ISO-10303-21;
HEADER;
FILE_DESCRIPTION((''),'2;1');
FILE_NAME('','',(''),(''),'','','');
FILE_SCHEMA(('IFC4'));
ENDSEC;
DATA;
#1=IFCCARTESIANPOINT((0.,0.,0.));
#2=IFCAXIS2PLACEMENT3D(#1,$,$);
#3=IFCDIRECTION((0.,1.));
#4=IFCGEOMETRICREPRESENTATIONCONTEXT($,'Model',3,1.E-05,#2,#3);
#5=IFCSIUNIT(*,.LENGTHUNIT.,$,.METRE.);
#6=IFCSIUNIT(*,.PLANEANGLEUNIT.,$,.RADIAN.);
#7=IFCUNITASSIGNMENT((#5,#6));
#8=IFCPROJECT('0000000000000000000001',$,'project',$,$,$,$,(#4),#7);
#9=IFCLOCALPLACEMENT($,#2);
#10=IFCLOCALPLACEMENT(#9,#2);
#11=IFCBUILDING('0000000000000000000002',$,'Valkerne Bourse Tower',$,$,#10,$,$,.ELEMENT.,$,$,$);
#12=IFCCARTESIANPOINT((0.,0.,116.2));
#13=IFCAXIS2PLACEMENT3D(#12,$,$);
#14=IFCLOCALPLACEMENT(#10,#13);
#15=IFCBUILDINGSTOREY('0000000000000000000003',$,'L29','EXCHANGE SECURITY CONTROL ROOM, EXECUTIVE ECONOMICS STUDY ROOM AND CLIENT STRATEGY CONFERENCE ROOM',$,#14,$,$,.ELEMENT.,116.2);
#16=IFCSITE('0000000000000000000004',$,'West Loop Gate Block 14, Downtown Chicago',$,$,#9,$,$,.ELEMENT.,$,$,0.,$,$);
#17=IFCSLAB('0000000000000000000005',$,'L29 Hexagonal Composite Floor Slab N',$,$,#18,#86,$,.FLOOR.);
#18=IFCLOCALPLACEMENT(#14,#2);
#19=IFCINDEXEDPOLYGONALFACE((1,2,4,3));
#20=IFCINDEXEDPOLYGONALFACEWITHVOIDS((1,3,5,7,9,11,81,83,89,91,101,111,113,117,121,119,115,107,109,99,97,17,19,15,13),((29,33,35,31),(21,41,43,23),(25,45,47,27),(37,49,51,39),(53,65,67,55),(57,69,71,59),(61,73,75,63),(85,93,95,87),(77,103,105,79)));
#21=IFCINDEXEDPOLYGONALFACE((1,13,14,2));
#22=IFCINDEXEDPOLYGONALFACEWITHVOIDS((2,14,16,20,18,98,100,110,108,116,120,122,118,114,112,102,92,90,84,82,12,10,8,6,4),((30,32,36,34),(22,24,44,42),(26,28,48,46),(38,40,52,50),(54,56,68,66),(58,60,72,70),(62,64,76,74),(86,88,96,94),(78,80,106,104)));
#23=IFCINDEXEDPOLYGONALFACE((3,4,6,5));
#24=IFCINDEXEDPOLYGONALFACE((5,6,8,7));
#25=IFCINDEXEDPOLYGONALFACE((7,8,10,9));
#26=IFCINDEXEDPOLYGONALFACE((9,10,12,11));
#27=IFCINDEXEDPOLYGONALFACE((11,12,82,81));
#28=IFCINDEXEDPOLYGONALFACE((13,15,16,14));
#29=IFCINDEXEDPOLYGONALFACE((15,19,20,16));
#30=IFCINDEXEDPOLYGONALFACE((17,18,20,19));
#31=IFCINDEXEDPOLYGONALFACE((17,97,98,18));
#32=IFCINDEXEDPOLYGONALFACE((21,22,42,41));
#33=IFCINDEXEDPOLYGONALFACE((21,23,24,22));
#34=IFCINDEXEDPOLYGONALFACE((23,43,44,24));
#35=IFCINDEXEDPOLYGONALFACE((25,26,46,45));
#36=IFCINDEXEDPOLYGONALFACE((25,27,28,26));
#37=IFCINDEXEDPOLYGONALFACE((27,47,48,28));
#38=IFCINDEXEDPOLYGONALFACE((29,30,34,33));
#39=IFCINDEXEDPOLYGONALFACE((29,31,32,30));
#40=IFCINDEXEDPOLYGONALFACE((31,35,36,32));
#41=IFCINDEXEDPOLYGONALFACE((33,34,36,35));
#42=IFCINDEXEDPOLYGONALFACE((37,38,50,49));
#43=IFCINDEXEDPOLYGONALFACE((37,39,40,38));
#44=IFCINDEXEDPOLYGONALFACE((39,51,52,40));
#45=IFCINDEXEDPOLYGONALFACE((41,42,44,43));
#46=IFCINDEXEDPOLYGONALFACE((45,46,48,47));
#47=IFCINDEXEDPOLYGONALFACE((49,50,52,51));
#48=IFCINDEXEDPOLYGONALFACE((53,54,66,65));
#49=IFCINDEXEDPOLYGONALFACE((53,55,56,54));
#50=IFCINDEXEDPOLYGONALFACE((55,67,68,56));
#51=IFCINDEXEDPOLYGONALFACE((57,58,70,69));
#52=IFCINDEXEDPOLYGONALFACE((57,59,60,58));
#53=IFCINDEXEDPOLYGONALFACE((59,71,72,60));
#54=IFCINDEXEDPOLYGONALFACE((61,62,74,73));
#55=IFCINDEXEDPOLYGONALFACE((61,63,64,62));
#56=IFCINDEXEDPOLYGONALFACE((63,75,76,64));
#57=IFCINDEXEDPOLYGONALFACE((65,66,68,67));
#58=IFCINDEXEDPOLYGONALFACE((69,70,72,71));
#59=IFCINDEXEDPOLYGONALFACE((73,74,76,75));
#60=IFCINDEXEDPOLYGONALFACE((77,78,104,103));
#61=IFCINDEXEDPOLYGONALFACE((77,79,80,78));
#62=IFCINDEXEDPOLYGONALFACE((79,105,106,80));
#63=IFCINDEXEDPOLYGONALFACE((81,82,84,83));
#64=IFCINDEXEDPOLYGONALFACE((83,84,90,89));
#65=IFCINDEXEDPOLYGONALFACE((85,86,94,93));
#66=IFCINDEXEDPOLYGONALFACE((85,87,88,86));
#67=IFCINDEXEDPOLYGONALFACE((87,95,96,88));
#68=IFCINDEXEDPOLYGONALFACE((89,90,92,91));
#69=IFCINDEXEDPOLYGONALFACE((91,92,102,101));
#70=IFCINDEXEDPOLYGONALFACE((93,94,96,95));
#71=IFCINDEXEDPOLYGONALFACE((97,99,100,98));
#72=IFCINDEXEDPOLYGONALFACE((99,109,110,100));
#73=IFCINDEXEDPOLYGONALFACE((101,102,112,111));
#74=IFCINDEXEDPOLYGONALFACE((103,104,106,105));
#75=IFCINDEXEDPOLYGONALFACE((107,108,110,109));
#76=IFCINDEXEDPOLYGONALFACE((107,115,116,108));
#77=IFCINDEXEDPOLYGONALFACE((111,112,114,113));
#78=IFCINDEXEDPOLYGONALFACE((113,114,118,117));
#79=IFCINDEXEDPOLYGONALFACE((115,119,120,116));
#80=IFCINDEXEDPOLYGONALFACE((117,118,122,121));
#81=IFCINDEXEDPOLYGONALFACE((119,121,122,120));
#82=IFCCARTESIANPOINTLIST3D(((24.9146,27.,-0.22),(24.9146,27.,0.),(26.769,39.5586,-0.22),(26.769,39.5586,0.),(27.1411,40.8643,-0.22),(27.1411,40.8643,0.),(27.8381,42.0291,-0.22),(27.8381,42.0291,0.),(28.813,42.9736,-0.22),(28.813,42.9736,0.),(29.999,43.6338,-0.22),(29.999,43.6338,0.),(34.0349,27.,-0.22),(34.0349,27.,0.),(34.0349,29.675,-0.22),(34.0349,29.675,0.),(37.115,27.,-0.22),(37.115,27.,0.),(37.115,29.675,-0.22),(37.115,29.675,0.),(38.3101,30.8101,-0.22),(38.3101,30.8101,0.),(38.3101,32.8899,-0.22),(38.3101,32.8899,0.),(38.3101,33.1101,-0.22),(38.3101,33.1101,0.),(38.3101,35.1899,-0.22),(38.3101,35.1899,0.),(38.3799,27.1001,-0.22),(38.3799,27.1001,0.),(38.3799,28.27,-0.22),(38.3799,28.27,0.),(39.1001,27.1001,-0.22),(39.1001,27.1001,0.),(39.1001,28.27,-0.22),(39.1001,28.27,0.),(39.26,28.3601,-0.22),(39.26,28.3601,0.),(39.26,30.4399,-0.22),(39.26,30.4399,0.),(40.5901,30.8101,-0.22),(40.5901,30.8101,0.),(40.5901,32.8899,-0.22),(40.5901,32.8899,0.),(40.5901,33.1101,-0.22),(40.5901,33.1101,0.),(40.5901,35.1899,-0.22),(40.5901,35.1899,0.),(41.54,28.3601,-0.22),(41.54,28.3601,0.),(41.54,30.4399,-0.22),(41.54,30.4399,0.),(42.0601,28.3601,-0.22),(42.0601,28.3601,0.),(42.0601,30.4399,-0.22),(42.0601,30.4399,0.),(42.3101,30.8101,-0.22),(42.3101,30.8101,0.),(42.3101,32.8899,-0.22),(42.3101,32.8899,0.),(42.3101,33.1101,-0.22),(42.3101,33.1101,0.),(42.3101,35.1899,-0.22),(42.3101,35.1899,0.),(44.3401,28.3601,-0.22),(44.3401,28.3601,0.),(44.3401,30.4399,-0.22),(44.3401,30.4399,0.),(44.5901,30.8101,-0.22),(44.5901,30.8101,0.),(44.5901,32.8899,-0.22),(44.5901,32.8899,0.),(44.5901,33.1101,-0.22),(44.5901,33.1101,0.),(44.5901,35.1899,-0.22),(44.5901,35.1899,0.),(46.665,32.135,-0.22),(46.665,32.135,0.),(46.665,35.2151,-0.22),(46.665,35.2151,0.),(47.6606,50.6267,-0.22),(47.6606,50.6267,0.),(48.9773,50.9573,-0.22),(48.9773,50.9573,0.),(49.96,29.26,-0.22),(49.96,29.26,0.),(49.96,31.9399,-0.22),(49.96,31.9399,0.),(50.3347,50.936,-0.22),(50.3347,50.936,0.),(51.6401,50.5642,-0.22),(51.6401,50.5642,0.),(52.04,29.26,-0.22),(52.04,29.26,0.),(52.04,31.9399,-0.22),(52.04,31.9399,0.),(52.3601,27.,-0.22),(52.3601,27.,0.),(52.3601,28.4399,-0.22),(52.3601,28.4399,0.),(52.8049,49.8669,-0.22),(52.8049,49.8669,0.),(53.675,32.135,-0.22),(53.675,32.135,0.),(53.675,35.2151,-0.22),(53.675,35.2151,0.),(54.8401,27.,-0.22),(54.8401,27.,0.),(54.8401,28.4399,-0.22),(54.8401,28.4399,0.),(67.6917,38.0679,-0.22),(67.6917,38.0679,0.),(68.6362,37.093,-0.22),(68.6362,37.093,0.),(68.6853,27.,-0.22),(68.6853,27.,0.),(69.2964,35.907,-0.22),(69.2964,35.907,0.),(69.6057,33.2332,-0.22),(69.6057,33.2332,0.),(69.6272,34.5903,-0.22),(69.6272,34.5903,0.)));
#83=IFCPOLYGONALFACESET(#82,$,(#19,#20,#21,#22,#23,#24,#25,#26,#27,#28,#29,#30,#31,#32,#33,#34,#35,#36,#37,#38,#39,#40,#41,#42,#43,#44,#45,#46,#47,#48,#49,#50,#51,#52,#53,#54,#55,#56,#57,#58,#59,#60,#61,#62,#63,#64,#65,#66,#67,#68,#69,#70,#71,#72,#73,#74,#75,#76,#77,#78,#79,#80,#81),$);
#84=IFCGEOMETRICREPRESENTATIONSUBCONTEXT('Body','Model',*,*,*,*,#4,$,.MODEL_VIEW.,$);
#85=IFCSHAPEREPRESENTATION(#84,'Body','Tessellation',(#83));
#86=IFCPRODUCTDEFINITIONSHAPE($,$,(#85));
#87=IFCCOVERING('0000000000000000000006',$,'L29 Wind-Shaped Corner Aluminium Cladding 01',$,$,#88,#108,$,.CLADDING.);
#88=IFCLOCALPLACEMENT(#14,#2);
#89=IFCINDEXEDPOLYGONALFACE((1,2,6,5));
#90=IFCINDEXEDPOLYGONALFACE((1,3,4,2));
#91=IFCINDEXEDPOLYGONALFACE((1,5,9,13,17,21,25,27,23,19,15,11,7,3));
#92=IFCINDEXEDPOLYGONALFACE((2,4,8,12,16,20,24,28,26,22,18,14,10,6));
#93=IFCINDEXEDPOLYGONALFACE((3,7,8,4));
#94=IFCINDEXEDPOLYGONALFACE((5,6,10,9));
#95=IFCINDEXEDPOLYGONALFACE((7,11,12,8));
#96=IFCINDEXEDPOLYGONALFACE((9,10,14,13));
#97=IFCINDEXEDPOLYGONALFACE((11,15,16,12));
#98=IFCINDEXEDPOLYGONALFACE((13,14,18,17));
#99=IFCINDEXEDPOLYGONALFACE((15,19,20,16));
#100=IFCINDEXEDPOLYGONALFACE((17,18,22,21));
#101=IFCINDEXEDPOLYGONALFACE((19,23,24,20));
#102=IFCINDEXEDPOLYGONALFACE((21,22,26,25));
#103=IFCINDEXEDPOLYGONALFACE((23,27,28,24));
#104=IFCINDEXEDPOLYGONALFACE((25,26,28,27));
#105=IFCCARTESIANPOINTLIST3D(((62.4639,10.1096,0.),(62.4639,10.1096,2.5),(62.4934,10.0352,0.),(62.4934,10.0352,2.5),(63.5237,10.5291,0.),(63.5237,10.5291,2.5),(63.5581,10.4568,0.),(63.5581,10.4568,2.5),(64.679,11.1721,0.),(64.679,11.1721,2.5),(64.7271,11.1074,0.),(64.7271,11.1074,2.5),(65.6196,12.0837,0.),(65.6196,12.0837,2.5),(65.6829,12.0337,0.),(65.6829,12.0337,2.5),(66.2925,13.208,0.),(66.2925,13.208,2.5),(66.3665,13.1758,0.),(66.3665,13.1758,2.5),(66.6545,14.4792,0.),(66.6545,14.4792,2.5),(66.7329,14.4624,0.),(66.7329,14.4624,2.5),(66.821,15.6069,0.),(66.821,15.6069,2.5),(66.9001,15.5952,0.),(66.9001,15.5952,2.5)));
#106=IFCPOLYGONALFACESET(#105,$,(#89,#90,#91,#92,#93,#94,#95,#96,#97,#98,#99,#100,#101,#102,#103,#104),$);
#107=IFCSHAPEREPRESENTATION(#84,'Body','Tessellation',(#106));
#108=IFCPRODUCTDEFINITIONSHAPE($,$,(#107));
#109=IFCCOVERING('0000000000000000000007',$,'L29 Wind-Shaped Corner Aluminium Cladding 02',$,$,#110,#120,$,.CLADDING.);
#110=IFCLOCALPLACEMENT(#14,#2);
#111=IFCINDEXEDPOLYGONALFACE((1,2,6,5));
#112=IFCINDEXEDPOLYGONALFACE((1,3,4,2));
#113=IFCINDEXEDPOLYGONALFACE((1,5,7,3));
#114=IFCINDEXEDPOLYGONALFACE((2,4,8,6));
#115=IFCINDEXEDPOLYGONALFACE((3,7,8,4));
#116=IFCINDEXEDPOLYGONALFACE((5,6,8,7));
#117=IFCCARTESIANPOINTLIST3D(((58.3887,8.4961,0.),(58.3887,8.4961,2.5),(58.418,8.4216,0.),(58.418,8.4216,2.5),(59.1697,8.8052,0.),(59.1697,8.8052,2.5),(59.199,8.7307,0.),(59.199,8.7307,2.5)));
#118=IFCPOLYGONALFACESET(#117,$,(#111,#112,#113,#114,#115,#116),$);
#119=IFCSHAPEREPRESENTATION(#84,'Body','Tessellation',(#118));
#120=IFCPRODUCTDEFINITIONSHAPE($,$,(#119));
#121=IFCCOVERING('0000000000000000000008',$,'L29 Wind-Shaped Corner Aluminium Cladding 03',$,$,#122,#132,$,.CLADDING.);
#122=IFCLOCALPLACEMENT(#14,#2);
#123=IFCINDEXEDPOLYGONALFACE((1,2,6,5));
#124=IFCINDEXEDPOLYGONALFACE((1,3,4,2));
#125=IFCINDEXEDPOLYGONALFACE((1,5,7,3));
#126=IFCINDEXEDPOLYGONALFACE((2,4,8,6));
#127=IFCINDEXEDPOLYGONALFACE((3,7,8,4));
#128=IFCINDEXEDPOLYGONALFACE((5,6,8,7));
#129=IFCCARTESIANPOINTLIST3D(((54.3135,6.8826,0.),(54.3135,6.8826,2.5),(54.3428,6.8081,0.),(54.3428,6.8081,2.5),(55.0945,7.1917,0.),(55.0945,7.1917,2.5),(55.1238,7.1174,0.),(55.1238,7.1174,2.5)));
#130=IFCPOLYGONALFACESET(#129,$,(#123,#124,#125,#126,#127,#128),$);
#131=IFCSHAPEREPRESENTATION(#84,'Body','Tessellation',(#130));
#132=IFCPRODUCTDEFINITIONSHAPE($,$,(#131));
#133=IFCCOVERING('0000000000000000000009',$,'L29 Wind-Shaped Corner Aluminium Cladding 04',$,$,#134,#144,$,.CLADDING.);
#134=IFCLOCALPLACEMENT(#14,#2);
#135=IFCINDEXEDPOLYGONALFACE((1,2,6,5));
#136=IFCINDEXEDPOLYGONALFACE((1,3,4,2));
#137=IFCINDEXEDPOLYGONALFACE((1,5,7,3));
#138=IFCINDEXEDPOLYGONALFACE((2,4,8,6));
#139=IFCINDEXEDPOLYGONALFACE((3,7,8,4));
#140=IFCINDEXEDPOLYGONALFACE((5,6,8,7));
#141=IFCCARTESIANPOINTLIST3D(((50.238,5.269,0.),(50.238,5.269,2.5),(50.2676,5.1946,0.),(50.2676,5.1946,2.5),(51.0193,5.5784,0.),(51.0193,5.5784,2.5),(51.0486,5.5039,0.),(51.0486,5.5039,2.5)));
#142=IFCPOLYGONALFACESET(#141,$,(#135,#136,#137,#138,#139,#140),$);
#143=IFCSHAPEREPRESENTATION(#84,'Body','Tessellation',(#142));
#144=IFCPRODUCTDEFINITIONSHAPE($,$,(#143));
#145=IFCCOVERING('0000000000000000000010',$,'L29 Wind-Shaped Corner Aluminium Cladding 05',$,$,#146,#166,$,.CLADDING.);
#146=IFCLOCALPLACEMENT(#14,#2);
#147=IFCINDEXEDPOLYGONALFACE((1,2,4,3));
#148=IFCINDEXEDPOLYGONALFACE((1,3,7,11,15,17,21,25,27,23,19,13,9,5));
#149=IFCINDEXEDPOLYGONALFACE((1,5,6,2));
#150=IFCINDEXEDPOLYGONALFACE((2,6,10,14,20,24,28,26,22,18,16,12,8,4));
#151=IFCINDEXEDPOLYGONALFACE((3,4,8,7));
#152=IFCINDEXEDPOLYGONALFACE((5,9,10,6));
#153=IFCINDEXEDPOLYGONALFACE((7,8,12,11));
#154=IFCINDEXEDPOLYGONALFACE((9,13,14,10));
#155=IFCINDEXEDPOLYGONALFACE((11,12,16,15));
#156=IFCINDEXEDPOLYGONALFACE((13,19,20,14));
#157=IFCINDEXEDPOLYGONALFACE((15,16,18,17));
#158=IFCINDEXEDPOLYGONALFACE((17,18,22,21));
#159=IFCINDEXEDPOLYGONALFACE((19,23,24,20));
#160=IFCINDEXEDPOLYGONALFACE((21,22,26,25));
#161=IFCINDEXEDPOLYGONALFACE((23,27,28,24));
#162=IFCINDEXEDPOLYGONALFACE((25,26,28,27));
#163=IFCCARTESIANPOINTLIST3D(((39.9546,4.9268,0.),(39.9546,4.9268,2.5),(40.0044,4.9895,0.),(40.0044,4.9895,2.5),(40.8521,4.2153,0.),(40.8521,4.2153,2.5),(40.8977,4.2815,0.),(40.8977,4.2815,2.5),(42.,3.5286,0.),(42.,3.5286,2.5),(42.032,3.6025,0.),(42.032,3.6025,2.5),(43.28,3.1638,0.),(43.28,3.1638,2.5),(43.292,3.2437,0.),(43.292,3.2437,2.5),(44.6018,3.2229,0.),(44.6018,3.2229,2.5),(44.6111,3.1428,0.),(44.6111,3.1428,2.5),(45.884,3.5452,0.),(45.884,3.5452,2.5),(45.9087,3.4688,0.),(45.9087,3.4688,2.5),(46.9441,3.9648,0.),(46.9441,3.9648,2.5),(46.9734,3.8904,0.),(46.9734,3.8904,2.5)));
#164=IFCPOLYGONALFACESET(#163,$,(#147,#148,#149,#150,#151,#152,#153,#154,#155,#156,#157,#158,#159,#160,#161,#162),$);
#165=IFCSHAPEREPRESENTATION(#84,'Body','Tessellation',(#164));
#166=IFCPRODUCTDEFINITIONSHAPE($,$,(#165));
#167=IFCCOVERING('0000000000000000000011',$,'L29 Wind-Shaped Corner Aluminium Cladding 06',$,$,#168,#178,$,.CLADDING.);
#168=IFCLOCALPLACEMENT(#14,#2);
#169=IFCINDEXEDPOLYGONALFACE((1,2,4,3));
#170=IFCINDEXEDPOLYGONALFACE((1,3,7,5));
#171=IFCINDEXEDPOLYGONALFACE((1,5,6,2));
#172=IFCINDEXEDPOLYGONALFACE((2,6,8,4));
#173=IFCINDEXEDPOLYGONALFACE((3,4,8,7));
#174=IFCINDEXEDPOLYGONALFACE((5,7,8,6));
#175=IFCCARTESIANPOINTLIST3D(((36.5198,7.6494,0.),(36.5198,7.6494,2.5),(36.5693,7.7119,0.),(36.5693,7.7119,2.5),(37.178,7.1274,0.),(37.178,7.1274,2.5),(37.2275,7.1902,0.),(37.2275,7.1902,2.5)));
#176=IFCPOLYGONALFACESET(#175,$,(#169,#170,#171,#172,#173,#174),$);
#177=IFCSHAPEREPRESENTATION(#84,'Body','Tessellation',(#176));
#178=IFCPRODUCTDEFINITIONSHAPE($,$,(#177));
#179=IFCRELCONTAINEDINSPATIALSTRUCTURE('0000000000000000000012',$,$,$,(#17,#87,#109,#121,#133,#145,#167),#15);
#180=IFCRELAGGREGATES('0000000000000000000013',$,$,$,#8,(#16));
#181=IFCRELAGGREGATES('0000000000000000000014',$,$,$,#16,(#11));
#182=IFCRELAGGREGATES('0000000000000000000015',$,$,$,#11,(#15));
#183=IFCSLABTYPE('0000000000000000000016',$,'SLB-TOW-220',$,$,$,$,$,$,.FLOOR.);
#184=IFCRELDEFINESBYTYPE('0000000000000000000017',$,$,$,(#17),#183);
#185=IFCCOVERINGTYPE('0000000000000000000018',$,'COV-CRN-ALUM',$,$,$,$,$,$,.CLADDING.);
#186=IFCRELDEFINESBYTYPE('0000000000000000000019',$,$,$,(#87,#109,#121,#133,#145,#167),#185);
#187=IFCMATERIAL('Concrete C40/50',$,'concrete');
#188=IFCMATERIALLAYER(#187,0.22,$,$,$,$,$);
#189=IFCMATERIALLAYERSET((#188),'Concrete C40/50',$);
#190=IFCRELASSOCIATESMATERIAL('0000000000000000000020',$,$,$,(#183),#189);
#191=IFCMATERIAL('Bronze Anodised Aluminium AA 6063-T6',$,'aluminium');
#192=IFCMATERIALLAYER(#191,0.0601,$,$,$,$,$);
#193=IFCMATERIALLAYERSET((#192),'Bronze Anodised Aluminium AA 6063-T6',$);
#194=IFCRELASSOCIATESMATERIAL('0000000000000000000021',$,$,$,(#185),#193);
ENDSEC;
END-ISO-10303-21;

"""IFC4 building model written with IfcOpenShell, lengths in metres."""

from ifc_helpers import new_model, si_unit, direction, frame, origin, place, context, subcontext, project, spatial, polyline, outline, extrude, material, layer, layer_set, type_object, element, save


model = new_model("IFC4")

# Units and contexts
model_context = context("Model", 3, precision=1e-05, world=origin(), true_north=direction((0.0, 1.0)))
body_context = subcontext(model_context, "Body", "Model", "MODEL_VIEW")
ifc_project = project(units=[si_unit("LENGTHUNIT", "METRE"), si_unit("PLANEANGLEUNIT", "RADIAN")], contexts=[model_context])

# Site, building, storey
site_placement = place(None, origin())
site = spatial("IfcSite", under=ifc_project, at=site_placement, Name="West Loop Gate Block 14, Downtown Chicago", CompositionType="ELEMENT", RefElevation=0.0)
building_placement = place(site_placement, origin())
building = spatial("IfcBuilding", under=site, at=building_placement, Name="Valkerne Bourse Tower", CompositionType="ELEMENT")
storey_placement = place(building_placement, frame((0.0, 0.0, 116.2)))
storey = spatial("IfcBuildingStorey", under=building, at=storey_placement, Name="L29", Description="EXCHANGE SECURITY CONTROL ROOM, EXECUTIVE ECONOMICS STUDY ROOM AND CLIENT STRATEGY CONFERENCE ROOM", CompositionType="ELEMENT", Elevation=116.2)

# Slab
ifc_material_1 = material(Name="Concrete C40/50", Category="concrete")
ifc_layer_1 = layer(ifc_material_1, 0.22)
ifc_layer_set_1 = layer_set([ifc_layer_1], Name="Concrete C40/50")
slab_type_1 = type_object("IfcSlabType", Name="SLB-TOW-220", PredefinedType="FLOOR", material=ifc_layer_set_1)
slab_1_placement = place(storey_placement, frame((0.0, 0.0, -0.22)))
element("IfcSlab", 1, at=slab_1_placement, inside=storey, type_object=slab_type_1, Name="L29 Hexagonal Composite Floor Slab N", PredefinedType="FLOOR", context=body_context, shape_type="SweptSolid", body=[
    extrude(outline(polyline([(26.769, 39.5586), (27.1411, 40.8643), (27.8381, 42.0291), (28.813, 42.9736), (29.999, 43.6338), (47.6606, 50.6267), (48.9773, 50.9573), (50.3347, 50.936), (51.6401, 50.5642), (52.8049, 49.8669), (67.6917, 38.0679), (68.6362, 37.093), (69.2964, 35.907), (69.6272, 34.5903), (69.6057, 33.2332), (68.6853, 27.0), (54.8401, 27.0), (54.8401, 28.4399), (52.3601, 28.4399), (52.3601, 27.0), (37.115, 27.0), (37.115, 29.675), (34.0349, 29.675), (34.0349, 27.0), (24.9146, 27.0), (26.769, 39.5586)]), holes=[polyline([(39.1001, 28.27), (38.3799, 28.27), (38.3799, 27.1001), (39.1001, 27.1001), (39.1001, 28.27)]), polyline([(41.54, 30.4399), (39.26, 30.4399), (39.26, 28.3601), (41.54, 28.3601), (41.54, 30.4399)]), polyline([(44.3401, 30.4399), (42.0601, 30.4399), (42.0601, 28.3601), (44.3401, 28.3601), (44.3401, 30.4399)]), polyline([(40.5901, 30.8101), (40.5901, 32.8899), (38.3101, 32.8899), (38.3101, 30.8101), (40.5901, 30.8101)]), polyline([(40.5901, 33.1101), (40.5901, 35.1899), (38.3101, 35.1899), (38.3101, 33.1101), (40.5901, 33.1101)]), polyline([(52.04, 31.9399), (49.96, 31.9399), (49.96, 29.26), (52.04, 29.26), (52.04, 31.9399)]), polyline([(44.5901, 32.8899), (42.3101, 32.8899), (42.3101, 30.8101), (44.5901, 30.8101), (44.5901, 32.8899)]), polyline([(53.675, 32.135), (53.675, 35.2151), (46.665, 35.2151), (46.665, 32.135), (53.675, 32.135)]), polyline([(44.5901, 33.1101), (44.5901, 35.1899), (42.3101, 35.1899), (42.3101, 33.1101), (44.5901, 33.1101)])]), origin(), (0.0, 0.0, 1.0), 0.22),
])

# Coverings
ifc_material_2 = material(Name="Bronze Anodised Aluminium AA 6063-T6", Category="aluminium")
ifc_layer_2 = layer(ifc_material_2, 0.0601)
ifc_layer_set_2 = layer_set([ifc_layer_2], Name="Bronze Anodised Aluminium AA 6063-T6")
covering_type = type_object("IfcCoveringType", Name="COV-CRN-ALUM", PredefinedType="CLADDING", material=ifc_layer_set_2)
covering_1_placement = place(storey_placement, origin())
element("IfcCovering", 2, at=covering_1_placement, inside=storey, type_object=covering_type, Name="L29 Wind-Shaped Corner Aluminium Cladding 01", PredefinedType="CLADDING", context=body_context, shape_type="SweptSolid", body=[
    extrude(outline(polyline([(66.3665, 13.1758), (65.6829, 12.0337), (64.7271, 11.1074), (63.5581, 10.4568), (62.4934, 10.0352), (62.4639, 10.1096), (63.5237, 10.5291), (64.679, 11.1721), (65.6196, 12.0837), (66.2925, 13.208), (66.6545, 14.4792), (66.821, 15.6069), (66.9001, 15.5952), (66.7329, 14.4624), (66.3665, 13.1758)])), origin(), (0.0, 0.0, 1.0), 2.5),
])
covering_2_placement = place(storey_placement, origin())
element("IfcCovering", 3, at=covering_2_placement, inside=storey, type_object=covering_type, Name="L29 Wind-Shaped Corner Aluminium Cladding 02", PredefinedType="CLADDING", context=body_context, shape_type="SweptSolid", body=[
    extrude(outline(polyline([(58.418, 8.4216), (58.3887, 8.4961), (59.1697, 8.8052), (59.199, 8.7307), (58.418, 8.4216)])), origin(), (0.0, 0.0, 1.0), 2.5),
])
covering_3_placement = place(storey_placement, origin())
element("IfcCovering", 4, at=covering_3_placement, inside=storey, type_object=covering_type, Name="L29 Wind-Shaped Corner Aluminium Cladding 03", PredefinedType="CLADDING", context=body_context, shape_type="SweptSolid", body=[
    extrude(outline(polyline([(54.3428, 6.8081), (54.3135, 6.8826), (55.0945, 7.1917), (55.1238, 7.1174), (54.3428, 6.8081)])), origin(), (0.0, 0.0, 1.0), 2.5),
])
covering_4_placement = place(storey_placement, origin())
element("IfcCovering", 5, at=covering_4_placement, inside=storey, type_object=covering_type, Name="L29 Wind-Shaped Corner Aluminium Cladding 04", PredefinedType="CLADDING", context=body_context, shape_type="SweptSolid", body=[
    extrude(outline(polyline([(50.2676, 5.1946), (50.238, 5.269), (51.0193, 5.5784), (51.0486, 5.5039), (50.2676, 5.1946)])), origin(), (0.0, 0.0, 1.0), 2.5),
])
covering_5_placement = place(storey_placement, origin())
element("IfcCovering", 6, at=covering_5_placement, inside=storey, type_object=covering_type, Name="L29 Wind-Shaped Corner Aluminium Cladding 05", PredefinedType="CLADDING", context=body_context, shape_type="SweptSolid", body=[
    extrude(outline(polyline([(45.9087, 3.4688), (44.6111, 3.1428), (43.28, 3.1638), (42.0, 3.5286), (40.8521, 4.2153), (39.9546, 4.9268), (40.0044, 4.9895), (40.8977, 4.2815), (42.032, 3.6025), (43.292, 3.2437), (44.6018, 3.2229), (45.884, 3.5452), (46.9441, 3.9648), (46.9734, 3.8904), (45.9087, 3.4688)])), origin(), (0.0, 0.0, 1.0), 2.5),
])
covering_6_placement = place(storey_placement, origin())
element("IfcCovering", 7, at=covering_6_placement, inside=storey, type_object=covering_type, Name="L29 Wind-Shaped Corner Aluminium Cladding 06", PredefinedType="CLADDING", context=body_context, shape_type="SweptSolid", body=[
    extrude(outline(polyline([(36.5198, 7.6494), (36.5693, 7.7119), (37.2275, 7.1902), (37.178, 7.1274), (36.5198, 7.6494)])), origin(), (0.0, 0.0, 1.0), 2.5),
])

save(model, "model.ifc")
